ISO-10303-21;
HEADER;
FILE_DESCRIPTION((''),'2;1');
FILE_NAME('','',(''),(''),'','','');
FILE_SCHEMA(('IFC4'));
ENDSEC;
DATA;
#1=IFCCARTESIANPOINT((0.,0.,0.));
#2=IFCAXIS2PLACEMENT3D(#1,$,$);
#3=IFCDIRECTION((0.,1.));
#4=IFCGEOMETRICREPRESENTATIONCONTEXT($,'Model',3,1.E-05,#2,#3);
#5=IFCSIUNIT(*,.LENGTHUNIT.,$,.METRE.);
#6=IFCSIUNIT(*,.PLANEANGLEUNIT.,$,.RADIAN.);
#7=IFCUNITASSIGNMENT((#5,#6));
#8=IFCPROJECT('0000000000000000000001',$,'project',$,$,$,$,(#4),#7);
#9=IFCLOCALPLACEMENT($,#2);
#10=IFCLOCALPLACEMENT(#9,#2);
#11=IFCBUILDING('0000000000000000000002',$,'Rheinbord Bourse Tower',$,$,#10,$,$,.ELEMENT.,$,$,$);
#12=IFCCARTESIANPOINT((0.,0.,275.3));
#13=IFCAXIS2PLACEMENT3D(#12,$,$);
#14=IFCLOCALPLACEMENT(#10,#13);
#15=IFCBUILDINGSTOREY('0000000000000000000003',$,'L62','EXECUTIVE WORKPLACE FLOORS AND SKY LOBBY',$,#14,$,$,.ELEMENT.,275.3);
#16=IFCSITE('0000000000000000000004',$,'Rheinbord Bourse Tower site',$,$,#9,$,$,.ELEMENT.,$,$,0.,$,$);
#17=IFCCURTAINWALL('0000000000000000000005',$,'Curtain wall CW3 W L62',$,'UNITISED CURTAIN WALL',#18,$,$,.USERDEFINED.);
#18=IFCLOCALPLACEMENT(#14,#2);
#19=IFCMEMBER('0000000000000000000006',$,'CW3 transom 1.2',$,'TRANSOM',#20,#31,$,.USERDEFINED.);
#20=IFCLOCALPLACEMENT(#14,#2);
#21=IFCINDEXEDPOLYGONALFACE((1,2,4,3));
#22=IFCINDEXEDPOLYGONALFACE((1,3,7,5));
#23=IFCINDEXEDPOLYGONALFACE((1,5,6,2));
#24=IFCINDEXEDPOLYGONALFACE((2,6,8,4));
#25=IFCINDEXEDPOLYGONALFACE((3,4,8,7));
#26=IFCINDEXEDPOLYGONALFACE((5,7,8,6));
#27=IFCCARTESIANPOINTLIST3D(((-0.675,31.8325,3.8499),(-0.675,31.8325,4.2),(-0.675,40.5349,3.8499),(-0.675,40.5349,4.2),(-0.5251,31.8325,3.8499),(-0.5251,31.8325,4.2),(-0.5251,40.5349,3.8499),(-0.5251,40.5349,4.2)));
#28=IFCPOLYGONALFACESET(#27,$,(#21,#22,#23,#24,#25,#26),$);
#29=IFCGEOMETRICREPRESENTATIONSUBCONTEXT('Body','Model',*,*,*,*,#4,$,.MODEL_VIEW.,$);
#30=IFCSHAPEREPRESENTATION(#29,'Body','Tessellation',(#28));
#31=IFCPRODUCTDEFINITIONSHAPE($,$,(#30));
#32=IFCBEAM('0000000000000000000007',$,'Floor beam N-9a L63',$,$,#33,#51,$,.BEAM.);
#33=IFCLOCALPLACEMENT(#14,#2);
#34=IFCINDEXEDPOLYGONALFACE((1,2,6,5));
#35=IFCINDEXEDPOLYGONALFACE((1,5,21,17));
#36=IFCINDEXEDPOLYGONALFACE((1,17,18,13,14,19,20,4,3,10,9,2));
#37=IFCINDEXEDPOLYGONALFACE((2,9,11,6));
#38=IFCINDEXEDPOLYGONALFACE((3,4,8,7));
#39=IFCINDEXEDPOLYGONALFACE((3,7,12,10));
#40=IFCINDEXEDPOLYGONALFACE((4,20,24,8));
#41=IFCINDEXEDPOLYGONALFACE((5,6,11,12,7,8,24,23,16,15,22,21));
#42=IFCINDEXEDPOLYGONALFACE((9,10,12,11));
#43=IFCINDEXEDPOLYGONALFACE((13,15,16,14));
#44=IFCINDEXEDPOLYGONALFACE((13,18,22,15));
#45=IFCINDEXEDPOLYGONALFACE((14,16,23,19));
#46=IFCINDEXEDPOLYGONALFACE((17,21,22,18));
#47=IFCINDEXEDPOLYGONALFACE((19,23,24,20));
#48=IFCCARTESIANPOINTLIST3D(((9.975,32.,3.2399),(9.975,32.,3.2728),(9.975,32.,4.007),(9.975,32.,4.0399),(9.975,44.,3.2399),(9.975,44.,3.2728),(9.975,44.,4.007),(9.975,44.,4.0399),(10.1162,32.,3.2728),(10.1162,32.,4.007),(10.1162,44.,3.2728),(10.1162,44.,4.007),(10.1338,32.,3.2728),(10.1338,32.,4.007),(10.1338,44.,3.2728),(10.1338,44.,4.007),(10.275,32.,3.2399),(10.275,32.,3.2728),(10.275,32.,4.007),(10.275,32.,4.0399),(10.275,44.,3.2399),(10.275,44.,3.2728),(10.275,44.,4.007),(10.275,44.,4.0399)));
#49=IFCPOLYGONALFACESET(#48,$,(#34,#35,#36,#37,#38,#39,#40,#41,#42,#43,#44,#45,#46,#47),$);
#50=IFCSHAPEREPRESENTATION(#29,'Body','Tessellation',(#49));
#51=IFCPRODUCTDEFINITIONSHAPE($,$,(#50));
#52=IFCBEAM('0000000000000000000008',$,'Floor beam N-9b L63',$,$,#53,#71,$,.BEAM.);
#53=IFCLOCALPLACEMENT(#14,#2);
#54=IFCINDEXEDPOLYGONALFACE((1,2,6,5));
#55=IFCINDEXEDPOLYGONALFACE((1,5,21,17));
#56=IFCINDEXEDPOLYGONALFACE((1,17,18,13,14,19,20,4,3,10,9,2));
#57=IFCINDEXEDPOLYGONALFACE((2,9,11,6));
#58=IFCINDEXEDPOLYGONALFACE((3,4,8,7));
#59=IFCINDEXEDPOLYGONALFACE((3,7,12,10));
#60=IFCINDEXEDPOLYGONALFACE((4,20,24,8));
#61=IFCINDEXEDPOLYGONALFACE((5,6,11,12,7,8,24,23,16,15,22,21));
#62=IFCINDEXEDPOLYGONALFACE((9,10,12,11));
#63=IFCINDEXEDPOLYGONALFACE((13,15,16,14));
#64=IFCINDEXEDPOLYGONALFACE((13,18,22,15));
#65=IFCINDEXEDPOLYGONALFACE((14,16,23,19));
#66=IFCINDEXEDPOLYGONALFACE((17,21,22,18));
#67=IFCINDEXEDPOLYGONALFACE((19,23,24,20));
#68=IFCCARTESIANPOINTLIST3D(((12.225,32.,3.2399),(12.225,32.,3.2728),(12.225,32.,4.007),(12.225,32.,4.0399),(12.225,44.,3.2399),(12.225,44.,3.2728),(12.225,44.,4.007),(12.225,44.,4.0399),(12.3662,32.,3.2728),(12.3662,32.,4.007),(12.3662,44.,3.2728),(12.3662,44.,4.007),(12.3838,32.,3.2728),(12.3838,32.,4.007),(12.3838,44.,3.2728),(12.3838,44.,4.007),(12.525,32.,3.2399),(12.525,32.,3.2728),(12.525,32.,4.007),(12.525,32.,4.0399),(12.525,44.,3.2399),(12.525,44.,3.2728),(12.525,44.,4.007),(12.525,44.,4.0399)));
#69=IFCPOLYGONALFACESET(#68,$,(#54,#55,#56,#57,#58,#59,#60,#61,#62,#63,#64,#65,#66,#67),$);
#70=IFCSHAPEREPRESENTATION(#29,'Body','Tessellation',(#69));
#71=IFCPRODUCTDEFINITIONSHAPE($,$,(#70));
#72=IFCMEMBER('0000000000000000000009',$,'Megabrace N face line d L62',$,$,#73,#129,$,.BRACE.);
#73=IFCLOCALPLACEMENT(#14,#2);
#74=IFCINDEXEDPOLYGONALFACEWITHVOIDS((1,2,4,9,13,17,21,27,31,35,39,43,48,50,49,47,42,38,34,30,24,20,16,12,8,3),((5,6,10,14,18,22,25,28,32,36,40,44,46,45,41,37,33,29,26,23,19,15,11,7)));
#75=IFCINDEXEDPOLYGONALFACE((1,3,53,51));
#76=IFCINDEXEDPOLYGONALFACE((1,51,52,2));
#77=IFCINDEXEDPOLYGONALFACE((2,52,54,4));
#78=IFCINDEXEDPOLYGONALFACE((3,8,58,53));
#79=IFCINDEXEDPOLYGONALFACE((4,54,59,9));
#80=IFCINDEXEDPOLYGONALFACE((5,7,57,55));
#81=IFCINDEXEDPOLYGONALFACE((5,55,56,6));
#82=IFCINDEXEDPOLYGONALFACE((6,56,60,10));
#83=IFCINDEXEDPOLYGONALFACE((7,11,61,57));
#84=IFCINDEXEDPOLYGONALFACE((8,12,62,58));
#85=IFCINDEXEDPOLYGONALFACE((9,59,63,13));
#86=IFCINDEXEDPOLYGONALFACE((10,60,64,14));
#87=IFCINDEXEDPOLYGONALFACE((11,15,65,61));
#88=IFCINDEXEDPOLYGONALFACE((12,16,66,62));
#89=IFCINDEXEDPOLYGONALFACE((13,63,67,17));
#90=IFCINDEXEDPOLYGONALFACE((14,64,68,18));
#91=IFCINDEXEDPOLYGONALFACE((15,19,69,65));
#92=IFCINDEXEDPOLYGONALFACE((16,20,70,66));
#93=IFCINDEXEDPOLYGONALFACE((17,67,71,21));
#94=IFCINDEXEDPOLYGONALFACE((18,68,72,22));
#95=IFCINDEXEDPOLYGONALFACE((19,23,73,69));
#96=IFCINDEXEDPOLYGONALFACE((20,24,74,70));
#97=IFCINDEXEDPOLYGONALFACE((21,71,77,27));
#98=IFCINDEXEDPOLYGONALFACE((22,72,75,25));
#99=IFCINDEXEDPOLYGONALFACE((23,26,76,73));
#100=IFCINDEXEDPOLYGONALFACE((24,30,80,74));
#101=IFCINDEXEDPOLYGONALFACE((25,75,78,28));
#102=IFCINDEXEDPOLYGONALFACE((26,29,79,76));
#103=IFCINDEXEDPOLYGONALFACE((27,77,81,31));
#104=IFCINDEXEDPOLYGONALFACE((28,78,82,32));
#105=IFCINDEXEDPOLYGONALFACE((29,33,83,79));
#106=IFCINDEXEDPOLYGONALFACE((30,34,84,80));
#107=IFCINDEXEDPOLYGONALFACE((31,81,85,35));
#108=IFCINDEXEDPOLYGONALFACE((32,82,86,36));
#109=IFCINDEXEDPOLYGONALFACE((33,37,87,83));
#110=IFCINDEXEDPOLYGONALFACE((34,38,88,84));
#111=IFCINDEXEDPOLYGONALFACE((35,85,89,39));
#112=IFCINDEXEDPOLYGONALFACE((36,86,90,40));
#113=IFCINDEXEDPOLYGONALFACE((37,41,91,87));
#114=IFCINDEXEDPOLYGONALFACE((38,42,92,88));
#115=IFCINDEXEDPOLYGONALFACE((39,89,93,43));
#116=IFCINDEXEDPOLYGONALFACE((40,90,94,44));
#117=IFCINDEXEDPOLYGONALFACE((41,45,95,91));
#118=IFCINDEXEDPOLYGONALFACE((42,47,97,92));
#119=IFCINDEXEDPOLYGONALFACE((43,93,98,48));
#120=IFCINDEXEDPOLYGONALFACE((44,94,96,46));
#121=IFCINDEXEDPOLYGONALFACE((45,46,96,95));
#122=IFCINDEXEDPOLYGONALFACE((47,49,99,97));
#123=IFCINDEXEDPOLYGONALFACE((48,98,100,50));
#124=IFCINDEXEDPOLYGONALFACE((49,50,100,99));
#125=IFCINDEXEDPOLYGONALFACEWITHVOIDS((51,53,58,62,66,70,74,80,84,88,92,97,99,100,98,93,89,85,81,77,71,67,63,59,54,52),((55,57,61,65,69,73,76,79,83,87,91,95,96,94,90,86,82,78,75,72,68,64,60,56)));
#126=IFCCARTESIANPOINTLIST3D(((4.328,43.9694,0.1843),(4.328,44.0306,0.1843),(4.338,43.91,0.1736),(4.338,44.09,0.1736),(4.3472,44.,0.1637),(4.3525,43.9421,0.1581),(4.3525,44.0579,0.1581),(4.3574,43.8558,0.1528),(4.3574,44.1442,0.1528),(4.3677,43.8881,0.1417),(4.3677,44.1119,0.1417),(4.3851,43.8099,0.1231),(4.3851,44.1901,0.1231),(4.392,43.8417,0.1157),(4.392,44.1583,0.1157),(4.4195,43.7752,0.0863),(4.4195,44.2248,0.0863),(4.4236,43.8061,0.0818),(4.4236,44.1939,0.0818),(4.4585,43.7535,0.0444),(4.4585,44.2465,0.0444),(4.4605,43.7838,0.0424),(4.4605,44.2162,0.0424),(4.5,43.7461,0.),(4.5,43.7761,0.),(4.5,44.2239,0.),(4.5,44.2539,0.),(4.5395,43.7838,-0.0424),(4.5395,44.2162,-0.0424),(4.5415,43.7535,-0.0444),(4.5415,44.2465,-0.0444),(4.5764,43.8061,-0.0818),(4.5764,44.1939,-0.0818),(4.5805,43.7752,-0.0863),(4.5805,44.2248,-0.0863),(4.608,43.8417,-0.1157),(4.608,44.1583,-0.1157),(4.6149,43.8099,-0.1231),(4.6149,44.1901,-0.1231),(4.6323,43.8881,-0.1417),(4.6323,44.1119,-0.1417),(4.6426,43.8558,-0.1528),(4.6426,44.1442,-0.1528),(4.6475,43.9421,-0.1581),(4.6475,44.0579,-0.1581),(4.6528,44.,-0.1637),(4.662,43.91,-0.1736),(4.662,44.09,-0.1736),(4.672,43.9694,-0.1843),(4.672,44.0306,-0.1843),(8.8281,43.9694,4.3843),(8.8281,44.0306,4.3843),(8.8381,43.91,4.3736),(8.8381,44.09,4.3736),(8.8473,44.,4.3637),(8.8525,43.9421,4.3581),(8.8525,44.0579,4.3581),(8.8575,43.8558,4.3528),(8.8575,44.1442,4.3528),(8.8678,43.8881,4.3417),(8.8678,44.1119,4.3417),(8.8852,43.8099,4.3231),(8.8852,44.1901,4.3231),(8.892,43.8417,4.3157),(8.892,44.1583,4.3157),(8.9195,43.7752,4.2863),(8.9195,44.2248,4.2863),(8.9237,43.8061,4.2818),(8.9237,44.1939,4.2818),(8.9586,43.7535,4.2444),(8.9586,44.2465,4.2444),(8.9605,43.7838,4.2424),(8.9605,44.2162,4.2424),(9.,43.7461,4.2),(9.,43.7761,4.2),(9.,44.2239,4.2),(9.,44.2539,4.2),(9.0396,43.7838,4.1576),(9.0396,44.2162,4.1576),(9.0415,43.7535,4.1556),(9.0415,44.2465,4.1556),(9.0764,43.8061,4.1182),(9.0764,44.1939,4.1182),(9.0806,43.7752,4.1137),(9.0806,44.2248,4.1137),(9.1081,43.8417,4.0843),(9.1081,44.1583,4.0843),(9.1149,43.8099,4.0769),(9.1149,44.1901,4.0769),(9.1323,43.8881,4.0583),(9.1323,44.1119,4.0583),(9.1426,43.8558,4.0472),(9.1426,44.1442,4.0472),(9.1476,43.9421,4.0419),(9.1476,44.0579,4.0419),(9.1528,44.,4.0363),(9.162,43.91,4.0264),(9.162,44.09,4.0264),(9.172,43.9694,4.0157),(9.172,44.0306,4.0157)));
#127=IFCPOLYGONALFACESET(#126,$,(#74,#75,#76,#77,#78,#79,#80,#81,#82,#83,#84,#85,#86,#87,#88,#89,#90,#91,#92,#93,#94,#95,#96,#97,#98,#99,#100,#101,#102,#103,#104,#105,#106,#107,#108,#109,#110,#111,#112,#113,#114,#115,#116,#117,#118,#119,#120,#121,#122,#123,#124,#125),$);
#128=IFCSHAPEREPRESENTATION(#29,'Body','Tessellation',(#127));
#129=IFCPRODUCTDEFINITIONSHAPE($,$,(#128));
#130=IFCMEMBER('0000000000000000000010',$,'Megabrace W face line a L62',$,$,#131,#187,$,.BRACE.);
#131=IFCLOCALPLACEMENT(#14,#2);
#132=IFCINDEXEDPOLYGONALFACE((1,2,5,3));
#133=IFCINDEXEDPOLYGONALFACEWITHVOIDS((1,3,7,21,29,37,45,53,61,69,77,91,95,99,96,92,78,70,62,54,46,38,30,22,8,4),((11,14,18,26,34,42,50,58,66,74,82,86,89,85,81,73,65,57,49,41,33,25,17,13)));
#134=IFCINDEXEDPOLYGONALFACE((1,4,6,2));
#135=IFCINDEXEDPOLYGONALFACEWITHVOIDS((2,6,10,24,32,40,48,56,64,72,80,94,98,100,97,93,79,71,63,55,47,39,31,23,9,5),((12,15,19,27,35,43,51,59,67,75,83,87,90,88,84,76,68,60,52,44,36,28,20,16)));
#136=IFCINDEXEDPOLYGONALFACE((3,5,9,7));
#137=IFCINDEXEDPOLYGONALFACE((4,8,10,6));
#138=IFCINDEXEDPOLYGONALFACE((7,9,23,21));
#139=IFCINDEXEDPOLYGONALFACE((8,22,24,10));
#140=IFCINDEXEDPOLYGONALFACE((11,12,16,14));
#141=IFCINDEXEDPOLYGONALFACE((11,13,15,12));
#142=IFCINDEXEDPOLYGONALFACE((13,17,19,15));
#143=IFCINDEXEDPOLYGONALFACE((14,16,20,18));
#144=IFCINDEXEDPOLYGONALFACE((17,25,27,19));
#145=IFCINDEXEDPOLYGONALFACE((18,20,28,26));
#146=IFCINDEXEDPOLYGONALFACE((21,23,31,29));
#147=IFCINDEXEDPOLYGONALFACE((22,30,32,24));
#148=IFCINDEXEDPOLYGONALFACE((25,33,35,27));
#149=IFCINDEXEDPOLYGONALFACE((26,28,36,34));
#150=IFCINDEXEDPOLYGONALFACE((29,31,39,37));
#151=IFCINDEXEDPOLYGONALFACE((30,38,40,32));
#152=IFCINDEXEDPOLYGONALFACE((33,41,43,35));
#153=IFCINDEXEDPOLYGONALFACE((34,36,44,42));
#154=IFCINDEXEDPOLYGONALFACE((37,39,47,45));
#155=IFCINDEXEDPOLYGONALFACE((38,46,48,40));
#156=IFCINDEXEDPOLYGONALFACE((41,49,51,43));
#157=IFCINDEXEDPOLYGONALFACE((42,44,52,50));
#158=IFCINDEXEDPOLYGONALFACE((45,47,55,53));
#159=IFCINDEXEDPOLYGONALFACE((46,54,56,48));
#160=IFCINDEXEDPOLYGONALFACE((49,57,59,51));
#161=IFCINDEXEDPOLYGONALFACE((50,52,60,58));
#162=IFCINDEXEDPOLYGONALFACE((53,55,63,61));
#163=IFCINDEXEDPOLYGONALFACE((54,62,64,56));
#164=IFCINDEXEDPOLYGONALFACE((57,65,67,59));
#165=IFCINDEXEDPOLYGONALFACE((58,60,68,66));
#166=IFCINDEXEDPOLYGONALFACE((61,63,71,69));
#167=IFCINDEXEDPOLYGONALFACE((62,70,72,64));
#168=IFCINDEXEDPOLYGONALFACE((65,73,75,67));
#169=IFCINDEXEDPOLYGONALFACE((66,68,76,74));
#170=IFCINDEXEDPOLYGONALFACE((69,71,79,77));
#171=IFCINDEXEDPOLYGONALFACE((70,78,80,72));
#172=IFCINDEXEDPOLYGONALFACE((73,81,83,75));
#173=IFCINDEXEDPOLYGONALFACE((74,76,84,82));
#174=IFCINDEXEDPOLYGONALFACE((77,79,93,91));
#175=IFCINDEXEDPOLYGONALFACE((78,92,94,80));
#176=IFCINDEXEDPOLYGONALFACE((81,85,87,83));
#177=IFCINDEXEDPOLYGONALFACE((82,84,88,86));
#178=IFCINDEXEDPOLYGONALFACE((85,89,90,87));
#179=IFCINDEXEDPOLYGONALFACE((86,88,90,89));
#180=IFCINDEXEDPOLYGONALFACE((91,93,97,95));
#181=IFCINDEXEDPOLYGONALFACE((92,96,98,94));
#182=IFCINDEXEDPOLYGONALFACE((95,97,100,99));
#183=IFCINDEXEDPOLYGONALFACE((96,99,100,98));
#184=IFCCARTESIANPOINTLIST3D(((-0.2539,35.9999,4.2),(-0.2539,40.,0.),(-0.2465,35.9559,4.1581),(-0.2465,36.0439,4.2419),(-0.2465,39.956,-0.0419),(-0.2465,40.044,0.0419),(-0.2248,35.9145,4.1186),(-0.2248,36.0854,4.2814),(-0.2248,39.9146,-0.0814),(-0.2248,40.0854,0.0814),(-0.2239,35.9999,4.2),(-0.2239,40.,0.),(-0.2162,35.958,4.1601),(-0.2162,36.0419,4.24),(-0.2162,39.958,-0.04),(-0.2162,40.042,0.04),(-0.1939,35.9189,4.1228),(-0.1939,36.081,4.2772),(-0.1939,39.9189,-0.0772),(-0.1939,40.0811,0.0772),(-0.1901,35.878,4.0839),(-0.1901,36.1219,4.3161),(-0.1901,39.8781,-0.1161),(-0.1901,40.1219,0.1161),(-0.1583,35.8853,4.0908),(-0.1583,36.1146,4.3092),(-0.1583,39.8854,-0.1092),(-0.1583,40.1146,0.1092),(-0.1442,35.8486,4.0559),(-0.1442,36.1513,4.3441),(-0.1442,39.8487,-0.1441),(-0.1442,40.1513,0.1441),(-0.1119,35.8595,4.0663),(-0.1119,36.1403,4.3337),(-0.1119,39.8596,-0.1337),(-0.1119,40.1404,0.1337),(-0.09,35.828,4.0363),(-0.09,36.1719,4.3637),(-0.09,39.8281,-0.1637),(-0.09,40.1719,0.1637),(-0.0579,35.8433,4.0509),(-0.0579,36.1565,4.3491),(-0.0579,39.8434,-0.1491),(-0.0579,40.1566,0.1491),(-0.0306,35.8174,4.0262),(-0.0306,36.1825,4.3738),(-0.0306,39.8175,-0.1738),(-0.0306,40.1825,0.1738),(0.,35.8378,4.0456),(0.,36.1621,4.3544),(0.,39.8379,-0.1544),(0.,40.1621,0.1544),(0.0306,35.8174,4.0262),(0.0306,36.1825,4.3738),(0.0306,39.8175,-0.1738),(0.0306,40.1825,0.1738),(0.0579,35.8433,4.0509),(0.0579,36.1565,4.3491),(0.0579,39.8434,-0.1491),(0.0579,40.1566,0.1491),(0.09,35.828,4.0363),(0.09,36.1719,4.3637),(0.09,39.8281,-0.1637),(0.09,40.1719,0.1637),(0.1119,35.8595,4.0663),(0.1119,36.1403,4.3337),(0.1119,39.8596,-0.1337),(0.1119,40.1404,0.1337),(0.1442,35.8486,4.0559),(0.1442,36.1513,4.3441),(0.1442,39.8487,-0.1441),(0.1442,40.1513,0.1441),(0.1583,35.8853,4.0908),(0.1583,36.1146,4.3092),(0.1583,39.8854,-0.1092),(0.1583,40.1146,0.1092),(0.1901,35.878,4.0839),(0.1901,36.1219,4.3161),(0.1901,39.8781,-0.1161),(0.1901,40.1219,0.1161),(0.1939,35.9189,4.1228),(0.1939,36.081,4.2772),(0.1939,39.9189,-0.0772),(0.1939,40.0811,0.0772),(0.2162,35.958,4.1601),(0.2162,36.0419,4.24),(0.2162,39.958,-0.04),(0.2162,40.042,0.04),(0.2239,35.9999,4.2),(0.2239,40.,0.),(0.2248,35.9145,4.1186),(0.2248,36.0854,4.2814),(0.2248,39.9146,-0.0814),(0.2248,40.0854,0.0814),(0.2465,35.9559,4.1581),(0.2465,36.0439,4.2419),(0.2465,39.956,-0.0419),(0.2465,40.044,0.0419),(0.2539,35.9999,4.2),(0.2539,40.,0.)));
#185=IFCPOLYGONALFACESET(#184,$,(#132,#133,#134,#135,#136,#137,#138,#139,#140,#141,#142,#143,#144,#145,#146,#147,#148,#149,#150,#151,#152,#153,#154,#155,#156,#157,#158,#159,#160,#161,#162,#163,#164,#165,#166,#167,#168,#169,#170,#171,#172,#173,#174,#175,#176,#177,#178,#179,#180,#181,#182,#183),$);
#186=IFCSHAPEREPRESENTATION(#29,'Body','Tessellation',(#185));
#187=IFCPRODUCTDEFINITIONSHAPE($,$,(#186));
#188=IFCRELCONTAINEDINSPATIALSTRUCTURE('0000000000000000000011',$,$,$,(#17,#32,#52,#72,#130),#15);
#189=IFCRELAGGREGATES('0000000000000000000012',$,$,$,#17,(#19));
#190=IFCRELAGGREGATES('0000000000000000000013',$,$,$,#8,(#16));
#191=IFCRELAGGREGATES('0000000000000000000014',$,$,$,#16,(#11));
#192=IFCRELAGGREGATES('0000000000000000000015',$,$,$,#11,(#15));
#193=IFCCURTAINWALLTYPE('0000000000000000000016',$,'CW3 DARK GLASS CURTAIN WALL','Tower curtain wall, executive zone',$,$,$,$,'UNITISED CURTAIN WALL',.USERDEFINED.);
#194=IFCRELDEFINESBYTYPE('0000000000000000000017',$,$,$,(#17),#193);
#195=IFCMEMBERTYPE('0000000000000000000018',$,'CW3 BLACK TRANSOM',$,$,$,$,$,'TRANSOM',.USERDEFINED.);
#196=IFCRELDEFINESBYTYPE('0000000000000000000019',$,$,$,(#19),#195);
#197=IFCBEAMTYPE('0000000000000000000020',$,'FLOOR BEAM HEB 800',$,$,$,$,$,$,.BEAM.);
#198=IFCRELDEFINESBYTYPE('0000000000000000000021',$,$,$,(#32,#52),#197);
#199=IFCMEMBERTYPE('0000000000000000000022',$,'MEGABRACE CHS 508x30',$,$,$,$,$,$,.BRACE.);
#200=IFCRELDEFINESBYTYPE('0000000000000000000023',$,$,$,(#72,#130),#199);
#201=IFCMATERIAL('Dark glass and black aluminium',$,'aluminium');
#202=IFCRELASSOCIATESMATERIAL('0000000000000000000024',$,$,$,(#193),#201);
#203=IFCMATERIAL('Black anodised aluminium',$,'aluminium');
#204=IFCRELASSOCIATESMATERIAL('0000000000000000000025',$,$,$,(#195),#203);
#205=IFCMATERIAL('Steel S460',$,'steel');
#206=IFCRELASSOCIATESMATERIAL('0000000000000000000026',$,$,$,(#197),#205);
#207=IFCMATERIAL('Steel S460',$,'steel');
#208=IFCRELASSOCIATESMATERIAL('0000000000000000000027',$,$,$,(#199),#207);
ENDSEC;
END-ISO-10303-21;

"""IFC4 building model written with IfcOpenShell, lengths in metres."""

from ifc_helpers import new_model, si_unit, direction, frame, origin, origin_2d, place, context, subcontext, project, spatial, rectangle, hollow_circle, i_section, extrude, material, material_profile, profile_set, type_object, element, aggregate, save


model = new_model("IFC4")

# Units and contexts
model_context = context("Model", 3, precision=1e-05, world=origin(), true_north=direction((0.0, 1.0)))
body_context = subcontext(model_context, "Body", "Model", "MODEL_VIEW")
ifc_project = project(units=[si_unit("LENGTHUNIT", "METRE"), si_unit("PLANEANGLEUNIT", "RADIAN")], contexts=[model_context])

# Site, building, storey
site_placement = place(None, origin())
site = spatial("IfcSite", under=ifc_project, at=site_placement, Name="Rheinbord Bourse Tower site", CompositionType="ELEMENT", RefElevation=0.0)
building_placement = place(site_placement, origin())
building = spatial("IfcBuilding", under=site, at=building_placement, Name="Rheinbord Bourse Tower", CompositionType="ELEMENT")
storey_placement = place(building_placement, frame((0.0, 0.0, 275.3)))
storey = spatial("IfcBuildingStorey", under=building, at=storey_placement, Name="L62", Description="EXECUTIVE WORKPLACE FLOORS AND SKY LOBBY", CompositionType="ELEMENT", Elevation=275.3)

# Shared definitions
ifc_material_1 = material(Name="Dark glass and black aluminium", Category="aluminium")
curtain_wall_type = type_object("IfcCurtainWallType", Name="CW3 DARK GLASS CURTAIN WALL", Description="Tower curtain wall, executive zone", ElementType="UNITISED CURTAIN WALL", PredefinedType="USERDEFINED", material=ifc_material_1)

# Curtain wall
curtain_wall_1_placement = place(storey_placement, origin())
curtain_wall_1 = element("IfcCurtainWall", 1, at=curtain_wall_1_placement, inside=storey, type_object=curtain_wall_type, Name="Curtain wall CW3 W L62", ObjectType="UNITISED CURTAIN WALL", PredefinedType="USERDEFINED")

# Member
ifc_material_2 = material(Name="Black anodised aluminium", Category="aluminium")
ifc_material_profile_1 = material_profile(ifc_material_2, rectangle(XDim=0.1499, YDim=0.3501, at=origin_2d()), Name="CW3 TRANSOM 350x150")
ifc_profile_set_1 = profile_set([ifc_material_profile_1], Name="Black anodised aluminium")
member_type_1 = type_object("IfcMemberType", Name="CW3 BLACK TRANSOM", ElementType="TRANSOM", PredefinedType="USERDEFINED", material=ifc_profile_set_1)
member_1_placement = place(storey_placement, frame((-0.6001, 40.5349, 4.0249), z_axis=(0.0, -1.0, 0.0), x_axis=(1.0, 0.0, 0.0)))
member_1 = element("IfcMember", 2, at=member_1_placement, type_object=member_type_1, Name="CW3 transom 1.2", ObjectType="TRANSOM", PredefinedType="USERDEFINED", context=body_context, shape_type="SweptSolid", body=[
    extrude(rectangle(XDim=0.1499, YDim=0.3501, at=origin_2d()), origin(), (0.0, 0.0, 1.0), 8.7024),
])

# Beams
ifc_material_3 = material(Name="Steel S460", Category="steel")
ifc_material_profile_2 = material_profile(ifc_material_3, i_section(OverallWidth=0.3, OverallDepth=0.8, WebThickness=0.0176, FlangeThickness=0.033, at=origin_2d()), Name="HEB 800")
ifc_profile_set_2 = profile_set([ifc_material_profile_2], Name="Steel S460")
beam_type_1 = type_object("IfcBeamType", Name="FLOOR BEAM HEB 800", PredefinedType="BEAM", material=ifc_profile_set_2)
for number, where, z_axis, x_axis, name in (
    (3, (10.125, 44.0, 3.6399), (0.0, -1.0, 0.0), (1.0, 0.0, 0.0), "Floor beam N-9a L63"),
    (4, (12.375, 44.0, 3.6399), (0.0, -1.0, 0.0), (1.0, 0.0, 0.0), "Floor beam N-9b L63"),
):
    element("IfcBeam", number, at=place(storey_placement, frame(where, z_axis=z_axis, x_axis=x_axis)), inside=storey, type_object=beam_type_1, Name=name, PredefinedType="BEAM", context=body_context, shape_type="SweptSolid", body=[
        extrude(i_section(OverallWidth=0.3, OverallDepth=0.8, WebThickness=0.0176, FlangeThickness=0.033, at=origin_2d()), origin(), (0.0, 0.0, 1.0), 12.0),
    ])

# Members
ifc_material_4 = material(Name="Steel S460", Category="steel")
ifc_material_profile_3 = material_profile(ifc_material_4, hollow_circle(Radius=0.2539, WallThickness=0.03, at=origin_2d()), Name="CHS 508x30")
ifc_profile_set_3 = profile_set([ifc_material_profile_3], Name="Steel S460")
member_type_2 = type_object("IfcMemberType", Name="MEGABRACE CHS 508x30", PredefinedType="BRACE", material=ifc_profile_set_3)
member_2_placement = place(storey_placement, frame((4.5, 44.0, 0.0), z_axis=(0.731059, 0.0, 0.682314), x_axis=(0.0, 1.0, 0.0)))
element("IfcMember", 5, at=member_2_placement, inside=storey, type_object=member_type_2, Name="Megabrace N face line d L62", PredefinedType="BRACE", context=body_context, shape_type="SweptSolid", body=[
    extrude(hollow_circle(Radius=0.2539, WallThickness=0.03, at=origin_2d()), origin(), (0.0, 0.0, 1.0), 6.1555),
])
member_3_placement = place(storey_placement, frame((0.0, 40.0, 0.0), z_axis=(0.0, -0.689659, 0.724134), x_axis=(1.0, 0.0, 0.0)))
element("IfcMember", 6, at=member_3_placement, inside=storey, type_object=member_type_2, Name="Megabrace W face line a L62", PredefinedType="BRACE", context=body_context, shape_type="SweptSolid", body=[
    extrude(hollow_circle(Radius=0.2539, WallThickness=0.03, at=origin_2d()), origin(), (0.0, 0.0, 1.0), 5.8),
])

aggregate(curtain_wall_1, [member_1])

save(model, "model.ifc")
